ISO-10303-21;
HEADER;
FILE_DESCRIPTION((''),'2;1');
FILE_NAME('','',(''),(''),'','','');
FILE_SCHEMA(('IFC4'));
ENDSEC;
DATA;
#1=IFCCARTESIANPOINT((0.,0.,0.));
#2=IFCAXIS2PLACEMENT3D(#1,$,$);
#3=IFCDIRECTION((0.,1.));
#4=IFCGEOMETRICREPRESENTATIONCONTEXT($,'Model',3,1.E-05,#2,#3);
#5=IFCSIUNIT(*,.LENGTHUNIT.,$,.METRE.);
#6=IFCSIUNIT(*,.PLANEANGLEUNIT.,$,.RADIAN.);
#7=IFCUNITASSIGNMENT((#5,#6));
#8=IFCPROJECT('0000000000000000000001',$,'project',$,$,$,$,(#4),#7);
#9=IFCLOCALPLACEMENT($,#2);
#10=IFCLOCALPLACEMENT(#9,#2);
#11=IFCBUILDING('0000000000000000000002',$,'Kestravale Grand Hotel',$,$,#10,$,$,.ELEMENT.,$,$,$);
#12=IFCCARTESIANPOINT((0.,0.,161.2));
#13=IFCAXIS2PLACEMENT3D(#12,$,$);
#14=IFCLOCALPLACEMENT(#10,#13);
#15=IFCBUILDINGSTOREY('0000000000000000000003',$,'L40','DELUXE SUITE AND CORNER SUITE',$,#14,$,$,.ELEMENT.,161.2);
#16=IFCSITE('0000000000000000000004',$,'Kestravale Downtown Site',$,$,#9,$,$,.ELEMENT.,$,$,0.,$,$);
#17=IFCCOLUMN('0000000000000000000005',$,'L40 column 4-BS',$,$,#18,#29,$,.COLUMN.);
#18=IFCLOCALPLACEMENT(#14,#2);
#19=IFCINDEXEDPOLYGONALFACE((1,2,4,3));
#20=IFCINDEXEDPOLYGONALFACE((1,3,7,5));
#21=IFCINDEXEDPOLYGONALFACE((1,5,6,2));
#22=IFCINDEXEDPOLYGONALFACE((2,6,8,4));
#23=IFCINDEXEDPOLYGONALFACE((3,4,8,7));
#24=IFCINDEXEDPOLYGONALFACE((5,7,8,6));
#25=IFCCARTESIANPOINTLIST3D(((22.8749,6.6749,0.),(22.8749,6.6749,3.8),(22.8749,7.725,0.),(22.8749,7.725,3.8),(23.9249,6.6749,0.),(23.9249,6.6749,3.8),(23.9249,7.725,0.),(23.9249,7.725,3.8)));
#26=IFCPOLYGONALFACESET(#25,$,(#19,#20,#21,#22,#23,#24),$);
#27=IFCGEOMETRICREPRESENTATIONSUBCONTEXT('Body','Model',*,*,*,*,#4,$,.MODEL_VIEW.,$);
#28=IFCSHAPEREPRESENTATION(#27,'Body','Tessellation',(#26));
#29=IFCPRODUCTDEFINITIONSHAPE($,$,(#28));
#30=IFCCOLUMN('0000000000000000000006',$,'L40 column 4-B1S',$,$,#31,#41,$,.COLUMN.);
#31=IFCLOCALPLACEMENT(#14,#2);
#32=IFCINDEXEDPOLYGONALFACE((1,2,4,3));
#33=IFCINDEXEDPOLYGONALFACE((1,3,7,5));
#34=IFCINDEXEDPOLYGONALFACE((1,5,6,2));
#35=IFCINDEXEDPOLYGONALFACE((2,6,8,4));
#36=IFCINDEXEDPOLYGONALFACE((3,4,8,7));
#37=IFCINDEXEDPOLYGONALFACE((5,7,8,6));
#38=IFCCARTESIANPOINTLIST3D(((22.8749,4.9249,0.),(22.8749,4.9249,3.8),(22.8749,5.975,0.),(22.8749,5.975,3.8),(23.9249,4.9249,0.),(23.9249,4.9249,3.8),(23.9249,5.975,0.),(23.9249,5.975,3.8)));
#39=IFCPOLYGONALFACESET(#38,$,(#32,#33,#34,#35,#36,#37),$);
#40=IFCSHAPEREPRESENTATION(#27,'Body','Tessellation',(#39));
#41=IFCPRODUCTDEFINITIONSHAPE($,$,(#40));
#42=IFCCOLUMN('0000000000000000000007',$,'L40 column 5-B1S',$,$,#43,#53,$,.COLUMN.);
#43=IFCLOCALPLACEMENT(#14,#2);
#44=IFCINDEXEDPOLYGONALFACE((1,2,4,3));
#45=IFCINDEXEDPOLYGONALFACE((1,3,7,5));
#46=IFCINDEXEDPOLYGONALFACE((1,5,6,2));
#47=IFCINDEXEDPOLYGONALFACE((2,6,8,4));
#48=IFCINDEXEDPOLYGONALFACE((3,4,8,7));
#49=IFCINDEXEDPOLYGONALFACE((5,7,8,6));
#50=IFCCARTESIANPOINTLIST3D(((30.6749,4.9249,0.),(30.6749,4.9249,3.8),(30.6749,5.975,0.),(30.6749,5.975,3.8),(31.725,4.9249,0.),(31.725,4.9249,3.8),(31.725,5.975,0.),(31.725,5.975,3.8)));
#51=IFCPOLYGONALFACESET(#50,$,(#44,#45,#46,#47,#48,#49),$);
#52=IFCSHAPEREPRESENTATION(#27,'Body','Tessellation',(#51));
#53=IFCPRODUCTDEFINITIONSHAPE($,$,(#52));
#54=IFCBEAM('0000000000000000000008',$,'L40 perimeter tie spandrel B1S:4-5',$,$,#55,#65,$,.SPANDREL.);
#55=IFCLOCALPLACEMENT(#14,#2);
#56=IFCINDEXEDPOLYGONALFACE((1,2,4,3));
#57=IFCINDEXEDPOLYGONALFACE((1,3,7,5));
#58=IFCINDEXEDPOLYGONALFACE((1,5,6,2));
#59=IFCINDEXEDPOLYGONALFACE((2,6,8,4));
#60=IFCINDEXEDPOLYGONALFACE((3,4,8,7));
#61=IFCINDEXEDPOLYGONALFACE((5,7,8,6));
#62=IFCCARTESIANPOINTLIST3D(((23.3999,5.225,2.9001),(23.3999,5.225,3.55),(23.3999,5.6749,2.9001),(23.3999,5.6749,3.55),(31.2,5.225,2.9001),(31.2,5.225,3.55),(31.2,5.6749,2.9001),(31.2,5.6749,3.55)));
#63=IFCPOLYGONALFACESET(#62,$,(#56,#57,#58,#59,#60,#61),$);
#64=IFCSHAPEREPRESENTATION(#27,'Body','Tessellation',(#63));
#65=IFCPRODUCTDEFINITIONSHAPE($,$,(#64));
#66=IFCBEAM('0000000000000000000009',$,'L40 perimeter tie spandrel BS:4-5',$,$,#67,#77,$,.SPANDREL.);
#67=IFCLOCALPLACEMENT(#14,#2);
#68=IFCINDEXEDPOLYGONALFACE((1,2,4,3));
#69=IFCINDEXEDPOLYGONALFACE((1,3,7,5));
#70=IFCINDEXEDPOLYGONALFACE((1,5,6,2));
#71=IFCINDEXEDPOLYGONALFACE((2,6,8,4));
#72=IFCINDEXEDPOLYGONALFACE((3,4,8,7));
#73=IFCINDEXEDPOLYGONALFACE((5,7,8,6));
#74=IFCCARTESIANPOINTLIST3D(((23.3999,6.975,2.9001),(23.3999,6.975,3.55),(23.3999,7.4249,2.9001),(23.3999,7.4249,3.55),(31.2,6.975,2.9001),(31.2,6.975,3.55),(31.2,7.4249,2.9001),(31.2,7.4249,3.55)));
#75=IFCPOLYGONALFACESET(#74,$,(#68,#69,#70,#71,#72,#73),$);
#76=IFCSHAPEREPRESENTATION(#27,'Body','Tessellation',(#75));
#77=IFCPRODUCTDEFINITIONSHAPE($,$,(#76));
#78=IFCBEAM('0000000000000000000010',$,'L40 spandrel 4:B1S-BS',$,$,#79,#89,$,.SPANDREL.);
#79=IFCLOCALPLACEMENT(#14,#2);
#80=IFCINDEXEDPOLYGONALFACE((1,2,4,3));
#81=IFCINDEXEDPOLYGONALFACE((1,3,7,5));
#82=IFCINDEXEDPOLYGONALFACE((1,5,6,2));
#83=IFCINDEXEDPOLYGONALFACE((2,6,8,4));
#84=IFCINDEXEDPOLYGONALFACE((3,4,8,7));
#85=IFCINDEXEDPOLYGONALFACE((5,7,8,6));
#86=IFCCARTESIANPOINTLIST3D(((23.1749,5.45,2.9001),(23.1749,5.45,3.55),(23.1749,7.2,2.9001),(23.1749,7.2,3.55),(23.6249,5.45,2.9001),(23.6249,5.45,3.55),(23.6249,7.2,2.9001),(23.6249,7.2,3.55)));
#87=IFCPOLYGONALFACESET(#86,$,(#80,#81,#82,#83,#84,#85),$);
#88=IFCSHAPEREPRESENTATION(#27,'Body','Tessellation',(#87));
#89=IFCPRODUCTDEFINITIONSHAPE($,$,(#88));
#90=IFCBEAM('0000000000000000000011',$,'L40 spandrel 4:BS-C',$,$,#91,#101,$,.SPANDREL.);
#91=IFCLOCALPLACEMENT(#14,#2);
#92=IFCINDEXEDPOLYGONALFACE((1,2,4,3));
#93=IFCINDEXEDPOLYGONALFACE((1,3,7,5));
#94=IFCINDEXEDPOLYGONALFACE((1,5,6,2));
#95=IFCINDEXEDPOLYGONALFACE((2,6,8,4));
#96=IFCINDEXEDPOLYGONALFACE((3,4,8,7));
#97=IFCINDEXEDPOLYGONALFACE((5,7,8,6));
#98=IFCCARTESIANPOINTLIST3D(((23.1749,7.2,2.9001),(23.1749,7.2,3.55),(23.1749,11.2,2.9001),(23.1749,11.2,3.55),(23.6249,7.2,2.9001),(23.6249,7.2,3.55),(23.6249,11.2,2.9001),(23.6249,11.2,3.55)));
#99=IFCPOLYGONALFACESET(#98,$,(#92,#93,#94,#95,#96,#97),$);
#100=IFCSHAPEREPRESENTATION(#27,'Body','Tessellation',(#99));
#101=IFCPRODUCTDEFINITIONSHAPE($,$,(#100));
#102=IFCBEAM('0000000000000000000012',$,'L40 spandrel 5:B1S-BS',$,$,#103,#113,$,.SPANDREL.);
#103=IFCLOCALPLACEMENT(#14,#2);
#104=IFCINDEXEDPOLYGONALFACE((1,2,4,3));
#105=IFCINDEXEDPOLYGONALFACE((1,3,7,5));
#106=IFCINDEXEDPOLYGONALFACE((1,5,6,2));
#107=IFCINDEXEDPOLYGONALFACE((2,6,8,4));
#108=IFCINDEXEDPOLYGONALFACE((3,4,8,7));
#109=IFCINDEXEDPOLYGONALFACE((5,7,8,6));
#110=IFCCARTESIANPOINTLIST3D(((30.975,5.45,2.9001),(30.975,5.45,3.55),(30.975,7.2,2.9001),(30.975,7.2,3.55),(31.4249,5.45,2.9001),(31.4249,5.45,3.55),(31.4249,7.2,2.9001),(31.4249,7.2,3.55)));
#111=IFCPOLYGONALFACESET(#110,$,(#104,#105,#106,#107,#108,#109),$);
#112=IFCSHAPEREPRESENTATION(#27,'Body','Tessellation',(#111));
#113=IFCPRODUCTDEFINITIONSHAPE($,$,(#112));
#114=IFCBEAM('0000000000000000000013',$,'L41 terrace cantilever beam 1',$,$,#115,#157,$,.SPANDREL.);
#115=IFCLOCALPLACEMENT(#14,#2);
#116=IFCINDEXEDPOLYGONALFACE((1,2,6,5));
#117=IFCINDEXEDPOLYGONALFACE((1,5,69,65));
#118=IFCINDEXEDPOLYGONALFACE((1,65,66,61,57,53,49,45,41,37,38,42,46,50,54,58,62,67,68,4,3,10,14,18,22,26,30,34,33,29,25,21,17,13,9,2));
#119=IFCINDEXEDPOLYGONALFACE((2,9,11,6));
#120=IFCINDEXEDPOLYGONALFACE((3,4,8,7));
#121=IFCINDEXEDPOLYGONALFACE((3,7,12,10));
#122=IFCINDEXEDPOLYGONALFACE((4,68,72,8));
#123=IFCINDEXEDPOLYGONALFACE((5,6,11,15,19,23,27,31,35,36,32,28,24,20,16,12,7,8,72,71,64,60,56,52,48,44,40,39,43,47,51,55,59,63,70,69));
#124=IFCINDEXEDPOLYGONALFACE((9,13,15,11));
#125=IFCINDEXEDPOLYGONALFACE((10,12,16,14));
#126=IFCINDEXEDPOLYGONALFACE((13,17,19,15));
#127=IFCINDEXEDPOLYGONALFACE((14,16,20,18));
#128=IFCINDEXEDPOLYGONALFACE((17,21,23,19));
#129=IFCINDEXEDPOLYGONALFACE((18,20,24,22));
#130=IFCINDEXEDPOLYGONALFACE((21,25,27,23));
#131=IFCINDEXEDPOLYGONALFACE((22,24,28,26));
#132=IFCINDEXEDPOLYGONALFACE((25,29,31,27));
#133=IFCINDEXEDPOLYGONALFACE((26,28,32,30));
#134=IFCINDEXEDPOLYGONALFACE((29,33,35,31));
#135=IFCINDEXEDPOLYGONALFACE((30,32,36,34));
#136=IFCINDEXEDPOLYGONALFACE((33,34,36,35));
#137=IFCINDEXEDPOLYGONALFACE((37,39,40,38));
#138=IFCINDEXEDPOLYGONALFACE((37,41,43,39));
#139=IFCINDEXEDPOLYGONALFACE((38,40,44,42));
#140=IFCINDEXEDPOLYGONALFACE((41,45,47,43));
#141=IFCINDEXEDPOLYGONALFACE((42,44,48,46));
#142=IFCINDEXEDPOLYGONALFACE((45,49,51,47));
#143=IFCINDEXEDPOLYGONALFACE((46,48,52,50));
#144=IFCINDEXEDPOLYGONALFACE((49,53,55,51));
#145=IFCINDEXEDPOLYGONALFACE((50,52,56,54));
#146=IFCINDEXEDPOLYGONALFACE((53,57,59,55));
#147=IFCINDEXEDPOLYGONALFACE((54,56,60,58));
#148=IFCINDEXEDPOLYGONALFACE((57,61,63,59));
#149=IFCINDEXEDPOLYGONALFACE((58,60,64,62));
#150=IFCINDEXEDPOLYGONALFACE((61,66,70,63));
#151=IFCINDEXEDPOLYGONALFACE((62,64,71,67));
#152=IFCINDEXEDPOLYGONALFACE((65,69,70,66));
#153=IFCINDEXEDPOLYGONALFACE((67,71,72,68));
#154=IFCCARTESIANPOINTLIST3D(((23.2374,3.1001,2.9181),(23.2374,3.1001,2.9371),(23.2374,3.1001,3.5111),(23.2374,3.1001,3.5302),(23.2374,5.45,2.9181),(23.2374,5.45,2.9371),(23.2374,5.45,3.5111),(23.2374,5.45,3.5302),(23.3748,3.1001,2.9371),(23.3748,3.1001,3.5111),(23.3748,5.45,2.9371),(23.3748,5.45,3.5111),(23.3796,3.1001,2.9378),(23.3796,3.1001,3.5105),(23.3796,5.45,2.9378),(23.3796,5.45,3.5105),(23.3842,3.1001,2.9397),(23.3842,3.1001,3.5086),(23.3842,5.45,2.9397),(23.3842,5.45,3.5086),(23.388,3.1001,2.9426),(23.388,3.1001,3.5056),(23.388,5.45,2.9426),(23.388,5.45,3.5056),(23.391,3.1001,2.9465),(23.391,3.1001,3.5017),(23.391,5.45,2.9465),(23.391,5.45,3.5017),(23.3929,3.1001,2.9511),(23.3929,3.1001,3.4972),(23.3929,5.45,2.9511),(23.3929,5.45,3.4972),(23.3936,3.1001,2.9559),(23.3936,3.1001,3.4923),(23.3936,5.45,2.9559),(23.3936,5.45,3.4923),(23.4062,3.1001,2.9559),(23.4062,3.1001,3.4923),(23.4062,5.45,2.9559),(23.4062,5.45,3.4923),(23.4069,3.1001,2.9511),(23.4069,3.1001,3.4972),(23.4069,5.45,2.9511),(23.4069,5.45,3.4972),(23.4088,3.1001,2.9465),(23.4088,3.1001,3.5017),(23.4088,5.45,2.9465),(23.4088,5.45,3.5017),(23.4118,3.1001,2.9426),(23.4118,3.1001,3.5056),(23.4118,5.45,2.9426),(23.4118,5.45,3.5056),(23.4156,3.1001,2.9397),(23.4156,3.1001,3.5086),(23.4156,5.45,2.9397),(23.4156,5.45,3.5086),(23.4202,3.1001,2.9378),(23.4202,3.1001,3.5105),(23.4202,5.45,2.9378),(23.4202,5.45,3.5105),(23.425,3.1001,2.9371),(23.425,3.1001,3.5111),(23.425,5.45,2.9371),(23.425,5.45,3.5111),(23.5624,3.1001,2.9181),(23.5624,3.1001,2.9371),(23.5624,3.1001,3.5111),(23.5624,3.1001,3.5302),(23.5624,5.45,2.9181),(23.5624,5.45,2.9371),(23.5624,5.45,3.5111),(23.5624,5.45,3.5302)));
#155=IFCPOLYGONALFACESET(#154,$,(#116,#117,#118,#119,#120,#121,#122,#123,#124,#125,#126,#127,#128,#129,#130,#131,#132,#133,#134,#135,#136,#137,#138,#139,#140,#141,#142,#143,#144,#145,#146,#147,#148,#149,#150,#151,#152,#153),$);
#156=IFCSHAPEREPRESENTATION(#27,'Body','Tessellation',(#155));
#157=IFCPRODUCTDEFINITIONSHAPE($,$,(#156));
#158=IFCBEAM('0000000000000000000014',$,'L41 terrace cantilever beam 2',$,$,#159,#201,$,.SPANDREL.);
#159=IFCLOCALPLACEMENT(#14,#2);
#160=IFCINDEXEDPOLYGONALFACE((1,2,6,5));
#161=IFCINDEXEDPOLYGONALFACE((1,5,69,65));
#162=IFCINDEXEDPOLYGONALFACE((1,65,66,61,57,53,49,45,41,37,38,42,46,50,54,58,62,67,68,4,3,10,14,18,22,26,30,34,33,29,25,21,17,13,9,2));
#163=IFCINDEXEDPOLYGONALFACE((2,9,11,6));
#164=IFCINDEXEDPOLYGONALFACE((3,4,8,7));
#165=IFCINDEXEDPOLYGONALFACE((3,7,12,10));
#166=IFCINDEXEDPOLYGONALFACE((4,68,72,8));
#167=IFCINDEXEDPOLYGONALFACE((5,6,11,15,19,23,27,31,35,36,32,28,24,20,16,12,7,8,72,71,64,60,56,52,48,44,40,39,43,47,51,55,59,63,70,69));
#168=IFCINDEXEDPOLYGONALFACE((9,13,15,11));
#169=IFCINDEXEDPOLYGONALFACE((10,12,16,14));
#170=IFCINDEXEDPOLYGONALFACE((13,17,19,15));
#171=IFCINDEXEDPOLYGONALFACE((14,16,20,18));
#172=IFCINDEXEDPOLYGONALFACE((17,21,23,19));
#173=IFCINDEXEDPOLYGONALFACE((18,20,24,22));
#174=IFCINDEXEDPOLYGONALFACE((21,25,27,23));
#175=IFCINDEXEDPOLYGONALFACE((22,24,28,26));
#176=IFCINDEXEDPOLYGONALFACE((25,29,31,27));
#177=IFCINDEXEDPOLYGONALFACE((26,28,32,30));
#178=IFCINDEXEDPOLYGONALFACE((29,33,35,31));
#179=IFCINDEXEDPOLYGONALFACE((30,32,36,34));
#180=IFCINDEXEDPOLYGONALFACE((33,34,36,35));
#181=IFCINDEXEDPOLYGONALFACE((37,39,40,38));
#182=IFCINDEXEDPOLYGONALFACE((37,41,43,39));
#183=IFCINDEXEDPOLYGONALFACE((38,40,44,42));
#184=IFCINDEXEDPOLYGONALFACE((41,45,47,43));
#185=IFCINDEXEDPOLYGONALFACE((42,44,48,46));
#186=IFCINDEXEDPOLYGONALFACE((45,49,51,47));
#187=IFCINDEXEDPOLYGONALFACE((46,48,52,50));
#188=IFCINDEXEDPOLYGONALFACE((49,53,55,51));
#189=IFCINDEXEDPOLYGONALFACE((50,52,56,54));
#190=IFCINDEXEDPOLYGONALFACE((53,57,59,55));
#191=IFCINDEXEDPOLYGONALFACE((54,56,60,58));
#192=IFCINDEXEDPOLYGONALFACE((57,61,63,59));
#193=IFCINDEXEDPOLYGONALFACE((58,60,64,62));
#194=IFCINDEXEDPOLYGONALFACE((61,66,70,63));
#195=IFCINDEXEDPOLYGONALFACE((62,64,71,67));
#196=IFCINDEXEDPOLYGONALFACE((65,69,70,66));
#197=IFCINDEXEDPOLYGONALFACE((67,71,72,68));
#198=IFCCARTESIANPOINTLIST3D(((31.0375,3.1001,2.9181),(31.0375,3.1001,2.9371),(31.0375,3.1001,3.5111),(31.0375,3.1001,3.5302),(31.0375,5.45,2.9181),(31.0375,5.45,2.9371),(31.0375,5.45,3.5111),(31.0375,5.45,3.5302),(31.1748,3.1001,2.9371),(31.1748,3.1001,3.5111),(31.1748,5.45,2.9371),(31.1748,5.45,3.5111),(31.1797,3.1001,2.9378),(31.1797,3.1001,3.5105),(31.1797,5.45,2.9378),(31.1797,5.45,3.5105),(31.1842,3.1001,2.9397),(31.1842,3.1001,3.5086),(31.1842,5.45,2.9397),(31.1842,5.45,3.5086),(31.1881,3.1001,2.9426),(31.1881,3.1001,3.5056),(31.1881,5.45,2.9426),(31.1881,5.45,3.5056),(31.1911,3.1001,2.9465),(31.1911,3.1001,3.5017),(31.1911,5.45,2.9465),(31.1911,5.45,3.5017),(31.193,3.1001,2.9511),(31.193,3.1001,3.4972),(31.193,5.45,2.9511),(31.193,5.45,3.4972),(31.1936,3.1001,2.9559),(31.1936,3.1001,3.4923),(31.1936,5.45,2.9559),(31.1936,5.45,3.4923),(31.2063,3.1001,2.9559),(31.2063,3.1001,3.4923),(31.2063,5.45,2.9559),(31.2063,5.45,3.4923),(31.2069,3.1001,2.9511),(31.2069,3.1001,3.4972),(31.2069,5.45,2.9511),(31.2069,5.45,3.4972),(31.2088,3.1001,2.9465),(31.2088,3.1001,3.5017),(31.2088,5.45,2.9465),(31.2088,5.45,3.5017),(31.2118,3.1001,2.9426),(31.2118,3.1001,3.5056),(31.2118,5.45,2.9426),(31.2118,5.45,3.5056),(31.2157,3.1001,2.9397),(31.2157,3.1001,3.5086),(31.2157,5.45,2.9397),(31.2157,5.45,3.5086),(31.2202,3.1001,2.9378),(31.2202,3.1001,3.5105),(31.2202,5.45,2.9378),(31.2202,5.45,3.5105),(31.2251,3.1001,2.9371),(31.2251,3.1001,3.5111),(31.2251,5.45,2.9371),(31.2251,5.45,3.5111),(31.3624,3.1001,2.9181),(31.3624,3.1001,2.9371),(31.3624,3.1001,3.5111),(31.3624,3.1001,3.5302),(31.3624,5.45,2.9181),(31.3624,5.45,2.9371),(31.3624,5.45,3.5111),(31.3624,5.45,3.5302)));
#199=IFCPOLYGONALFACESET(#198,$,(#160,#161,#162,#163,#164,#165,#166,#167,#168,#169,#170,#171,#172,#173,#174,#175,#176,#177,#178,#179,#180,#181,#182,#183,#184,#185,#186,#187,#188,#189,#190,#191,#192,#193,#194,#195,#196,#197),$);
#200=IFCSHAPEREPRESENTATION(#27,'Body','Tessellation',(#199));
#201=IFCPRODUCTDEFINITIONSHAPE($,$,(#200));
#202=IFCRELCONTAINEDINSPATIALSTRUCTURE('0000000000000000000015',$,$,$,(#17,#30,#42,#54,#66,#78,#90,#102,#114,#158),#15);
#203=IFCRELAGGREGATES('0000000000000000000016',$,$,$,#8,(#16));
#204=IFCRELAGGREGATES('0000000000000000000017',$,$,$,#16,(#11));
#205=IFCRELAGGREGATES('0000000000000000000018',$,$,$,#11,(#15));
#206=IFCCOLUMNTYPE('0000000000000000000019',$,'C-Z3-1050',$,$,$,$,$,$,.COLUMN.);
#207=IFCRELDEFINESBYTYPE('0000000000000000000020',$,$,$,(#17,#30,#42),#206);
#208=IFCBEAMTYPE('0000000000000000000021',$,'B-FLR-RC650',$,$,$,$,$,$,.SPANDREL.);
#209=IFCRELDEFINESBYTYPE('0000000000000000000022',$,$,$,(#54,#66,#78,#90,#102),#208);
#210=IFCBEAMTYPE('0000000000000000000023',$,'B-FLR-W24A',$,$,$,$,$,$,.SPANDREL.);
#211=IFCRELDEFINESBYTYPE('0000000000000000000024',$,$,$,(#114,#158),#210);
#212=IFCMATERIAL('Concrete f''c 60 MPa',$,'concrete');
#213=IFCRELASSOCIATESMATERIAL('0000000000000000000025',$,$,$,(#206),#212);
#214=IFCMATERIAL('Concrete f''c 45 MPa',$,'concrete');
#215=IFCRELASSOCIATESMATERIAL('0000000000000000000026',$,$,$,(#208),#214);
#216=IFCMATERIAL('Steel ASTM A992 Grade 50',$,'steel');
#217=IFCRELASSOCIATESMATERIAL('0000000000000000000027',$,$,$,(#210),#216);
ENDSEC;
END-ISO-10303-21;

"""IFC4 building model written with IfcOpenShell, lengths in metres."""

from ifc_helpers import new_model, si_unit, direction, frame, origin, origin_2d, place, context, subcontext, project, spatial, rectangle, i_section, extrude, material, material_profile, profile_set, type_object, element, save


model = new_model("IFC4")

# Units and contexts
model_context = context("Model", 3, precision=1e-05, world=origin(), true_north=direction((0.0, 1.0)))
body_context = subcontext(model_context, "Body", "Model", "MODEL_VIEW")
ifc_project = project(units=[si_unit("LENGTHUNIT", "METRE"), si_unit("PLANEANGLEUNIT", "RADIAN")], contexts=[model_context])

# Site, building, storey
site_placement = place(None, origin())
site = spatial("IfcSite", under=ifc_project, at=site_placement, Name="Kestravale Downtown Site", CompositionType="ELEMENT", RefElevation=0.0)
building_placement = place(site_placement, origin())
building = spatial("IfcBuilding", under=site, at=building_placement, Name="Kestravale Grand Hotel", CompositionType="ELEMENT")
storey_placement = place(building_placement, frame((0.0, 0.0, 161.2)))
storey = spatial("IfcBuildingStorey", under=building, at=storey_placement, Name="L40", Description="DELUXE SUITE AND CORNER SUITE", CompositionType="ELEMENT", Elevation=161.2)

# Columns
ifc_material_1 = material(Name="Concrete f'c 60 MPa", Category="concrete")
ifc_material_profile_1 = material_profile(ifc_material_1, rectangle(XDim=1.05, YDim=1.05, at=origin_2d()))
ifc_profile_set_1 = profile_set([ifc_material_profile_1], Name="Concrete f'c 60 MPa")
column_type = type_object("IfcColumnType", Name="C-Z3-1050", PredefinedType="COLUMN", material=ifc_profile_set_1)
for number, where, z_axis, x_axis, name in (
    (1, (23.3999, 7.2, 0.0), (0.0, 0.0, 1.0), (1.0, 0.0, 0.0), "L40 column 4-BS"),
    (2, (23.3999, 5.45, 0.0), (0.0, 0.0, 1.0), (1.0, 0.0, 0.0), "L40 column 4-B1S"),
    (3, (31.2, 5.45, 0.0), (0.0, 0.0, 1.0), (1.0, 0.0, 0.0), "L40 column 5-B1S"),
):
    element("IfcColumn", number, at=place(storey_placement, frame(where, z_axis=z_axis, x_axis=x_axis)), inside=storey, type_object=column_type, Name=name, PredefinedType="COLUMN", context=body_context, shape_type="SweptSolid", body=[
        extrude(rectangle(XDim=1.05, YDim=1.05, at=origin_2d()), origin(), (0.0, 0.0, 1.0), 3.8),
    ])

# Beams
ifc_material_2 = material(Name="Concrete f'c 45 MPa", Category="concrete")
ifc_material_profile_2 = material_profile(ifc_material_2, rectangle(XDim=0.45, YDim=0.6499, at=origin_2d()))
ifc_profile_set_2 = profile_set([ifc_material_profile_2], Name="Concrete f'c 45 MPa")
beam_type_1 = type_object("IfcBeamType", Name="B-FLR-RC650", PredefinedType="SPANDREL", material=ifc_profile_set_2)
for number, where, z_axis, x_axis, name in (
    (4, (23.3999, 5.45, 3.2251), (1.0, 0.0, 0.0), (0.0, 1.0, 0.0), "L40 perimeter tie spandrel B1S:4-5"),
    (5, (23.3999, 7.2, 3.2251), (1.0, 0.0, 0.0), (0.0, 1.0, 0.0), "L40 perimeter tie spandrel BS:4-5"),
):
    element("IfcBeam", number, at=place(storey_placement, frame(where, z_axis=z_axis, x_axis=x_axis)), inside=storey, type_object=beam_type_1, Name=name, PredefinedType="SPANDREL", context=body_context, shape_type="SweptSolid", body=[
        extrude(rectangle(XDim=0.45, YDim=0.6499, at=origin_2d()), origin(), (0.0, 0.0, 1.0), 7.8),
    ])
beam_1_placement = place(storey_placement, frame((23.3999, 5.45, 3.2251), z_axis=(0.0, 1.0, 0.0), x_axis=(-1.0, 0.0, 0.0)))
element("IfcBeam", 6, at=beam_1_placement, inside=storey, type_object=beam_type_1, Name="L40 spandrel 4:B1S-BS", PredefinedType="SPANDREL", context=body_context, shape_type="SweptSolid", body=[
    extrude(rectangle(XDim=0.45, YDim=0.6499, at=origin_2d()), origin(), (0.0, 0.0, 1.0), 1.75),
])
beam_2_placement = place(storey_placement, frame((23.3999, 7.2, 3.2251), z_axis=(0.0, 1.0, 0.0), x_axis=(-1.0, 0.0, 0.0)))
element("IfcBeam", 7, at=beam_2_placement, inside=storey, type_object=beam_type_1, Name="L40 spandrel 4:BS-C", PredefinedType="SPANDREL", context=body_context, shape_type="SweptSolid", body=[
    extrude(rectangle(XDim=0.45, YDim=0.6499, at=origin_2d()), origin(), (0.0, 0.0, 1.0), 4.0),
])
beam_3_placement = place(storey_placement, frame((31.2, 5.45, 3.2251), z_axis=(0.0, 1.0, 0.0), x_axis=(-1.0, 0.0, 0.0)))
element("IfcBeam", 8, at=beam_3_placement, inside=storey, type_object=beam_type_1, Name="L40 spandrel 5:B1S-BS", PredefinedType="SPANDREL", context=body_context, shape_type="SweptSolid", body=[
    extrude(rectangle(XDim=0.45, YDim=0.6499, at=origin_2d()), origin(), (0.0, 0.0, 1.0), 1.75),
])
ifc_material_3 = material(Name="Steel ASTM A992 Grade 50", Category="steel")
ifc_material_profile_3 = material_profile(ifc_material_3, i_section(OverallWidth=0.325, OverallDepth=0.6121, WebThickness=0.0127, FlangeThickness=0.019, FilletRadius=0.0188, at=origin_2d()))
ifc_profile_set_3 = profile_set([ifc_material_profile_3], Name="Steel ASTM A992 Grade 50")
beam_type_2 = type_object("IfcBeamType", Name="B-FLR-W24A", PredefinedType="SPANDREL", material=ifc_profile_set_3)
for number, where, z_axis, x_axis, name in (
    (9, (23.3999, 5.45, 3.2241), (0.0, -1.0, 0.0), (1.0, 0.0, 0.0), "L41 terrace cantilever beam 1"),
    (10, (31.2, 5.45, 3.2241), (0.0, -1.0, 0.0), (1.0, 0.0, 0.0), "L41 terrace cantilever beam 2"),
):
    element("IfcBeam", number, at=place(storey_placement, frame(where, z_axis=z_axis, x_axis=x_axis)), inside=storey, type_object=beam_type_2, Name=name, PredefinedType="SPANDREL", context=body_context, shape_type="SweptSolid", body=[
        extrude(i_section(OverallWidth=0.325, OverallDepth=0.6121, WebThickness=0.0127, FlangeThickness=0.019, FilletRadius=0.0188, at=origin_2d()), origin(), (0.0, 0.0, 1.0), 2.3499),
    ])

save(model, "model.ifc")
